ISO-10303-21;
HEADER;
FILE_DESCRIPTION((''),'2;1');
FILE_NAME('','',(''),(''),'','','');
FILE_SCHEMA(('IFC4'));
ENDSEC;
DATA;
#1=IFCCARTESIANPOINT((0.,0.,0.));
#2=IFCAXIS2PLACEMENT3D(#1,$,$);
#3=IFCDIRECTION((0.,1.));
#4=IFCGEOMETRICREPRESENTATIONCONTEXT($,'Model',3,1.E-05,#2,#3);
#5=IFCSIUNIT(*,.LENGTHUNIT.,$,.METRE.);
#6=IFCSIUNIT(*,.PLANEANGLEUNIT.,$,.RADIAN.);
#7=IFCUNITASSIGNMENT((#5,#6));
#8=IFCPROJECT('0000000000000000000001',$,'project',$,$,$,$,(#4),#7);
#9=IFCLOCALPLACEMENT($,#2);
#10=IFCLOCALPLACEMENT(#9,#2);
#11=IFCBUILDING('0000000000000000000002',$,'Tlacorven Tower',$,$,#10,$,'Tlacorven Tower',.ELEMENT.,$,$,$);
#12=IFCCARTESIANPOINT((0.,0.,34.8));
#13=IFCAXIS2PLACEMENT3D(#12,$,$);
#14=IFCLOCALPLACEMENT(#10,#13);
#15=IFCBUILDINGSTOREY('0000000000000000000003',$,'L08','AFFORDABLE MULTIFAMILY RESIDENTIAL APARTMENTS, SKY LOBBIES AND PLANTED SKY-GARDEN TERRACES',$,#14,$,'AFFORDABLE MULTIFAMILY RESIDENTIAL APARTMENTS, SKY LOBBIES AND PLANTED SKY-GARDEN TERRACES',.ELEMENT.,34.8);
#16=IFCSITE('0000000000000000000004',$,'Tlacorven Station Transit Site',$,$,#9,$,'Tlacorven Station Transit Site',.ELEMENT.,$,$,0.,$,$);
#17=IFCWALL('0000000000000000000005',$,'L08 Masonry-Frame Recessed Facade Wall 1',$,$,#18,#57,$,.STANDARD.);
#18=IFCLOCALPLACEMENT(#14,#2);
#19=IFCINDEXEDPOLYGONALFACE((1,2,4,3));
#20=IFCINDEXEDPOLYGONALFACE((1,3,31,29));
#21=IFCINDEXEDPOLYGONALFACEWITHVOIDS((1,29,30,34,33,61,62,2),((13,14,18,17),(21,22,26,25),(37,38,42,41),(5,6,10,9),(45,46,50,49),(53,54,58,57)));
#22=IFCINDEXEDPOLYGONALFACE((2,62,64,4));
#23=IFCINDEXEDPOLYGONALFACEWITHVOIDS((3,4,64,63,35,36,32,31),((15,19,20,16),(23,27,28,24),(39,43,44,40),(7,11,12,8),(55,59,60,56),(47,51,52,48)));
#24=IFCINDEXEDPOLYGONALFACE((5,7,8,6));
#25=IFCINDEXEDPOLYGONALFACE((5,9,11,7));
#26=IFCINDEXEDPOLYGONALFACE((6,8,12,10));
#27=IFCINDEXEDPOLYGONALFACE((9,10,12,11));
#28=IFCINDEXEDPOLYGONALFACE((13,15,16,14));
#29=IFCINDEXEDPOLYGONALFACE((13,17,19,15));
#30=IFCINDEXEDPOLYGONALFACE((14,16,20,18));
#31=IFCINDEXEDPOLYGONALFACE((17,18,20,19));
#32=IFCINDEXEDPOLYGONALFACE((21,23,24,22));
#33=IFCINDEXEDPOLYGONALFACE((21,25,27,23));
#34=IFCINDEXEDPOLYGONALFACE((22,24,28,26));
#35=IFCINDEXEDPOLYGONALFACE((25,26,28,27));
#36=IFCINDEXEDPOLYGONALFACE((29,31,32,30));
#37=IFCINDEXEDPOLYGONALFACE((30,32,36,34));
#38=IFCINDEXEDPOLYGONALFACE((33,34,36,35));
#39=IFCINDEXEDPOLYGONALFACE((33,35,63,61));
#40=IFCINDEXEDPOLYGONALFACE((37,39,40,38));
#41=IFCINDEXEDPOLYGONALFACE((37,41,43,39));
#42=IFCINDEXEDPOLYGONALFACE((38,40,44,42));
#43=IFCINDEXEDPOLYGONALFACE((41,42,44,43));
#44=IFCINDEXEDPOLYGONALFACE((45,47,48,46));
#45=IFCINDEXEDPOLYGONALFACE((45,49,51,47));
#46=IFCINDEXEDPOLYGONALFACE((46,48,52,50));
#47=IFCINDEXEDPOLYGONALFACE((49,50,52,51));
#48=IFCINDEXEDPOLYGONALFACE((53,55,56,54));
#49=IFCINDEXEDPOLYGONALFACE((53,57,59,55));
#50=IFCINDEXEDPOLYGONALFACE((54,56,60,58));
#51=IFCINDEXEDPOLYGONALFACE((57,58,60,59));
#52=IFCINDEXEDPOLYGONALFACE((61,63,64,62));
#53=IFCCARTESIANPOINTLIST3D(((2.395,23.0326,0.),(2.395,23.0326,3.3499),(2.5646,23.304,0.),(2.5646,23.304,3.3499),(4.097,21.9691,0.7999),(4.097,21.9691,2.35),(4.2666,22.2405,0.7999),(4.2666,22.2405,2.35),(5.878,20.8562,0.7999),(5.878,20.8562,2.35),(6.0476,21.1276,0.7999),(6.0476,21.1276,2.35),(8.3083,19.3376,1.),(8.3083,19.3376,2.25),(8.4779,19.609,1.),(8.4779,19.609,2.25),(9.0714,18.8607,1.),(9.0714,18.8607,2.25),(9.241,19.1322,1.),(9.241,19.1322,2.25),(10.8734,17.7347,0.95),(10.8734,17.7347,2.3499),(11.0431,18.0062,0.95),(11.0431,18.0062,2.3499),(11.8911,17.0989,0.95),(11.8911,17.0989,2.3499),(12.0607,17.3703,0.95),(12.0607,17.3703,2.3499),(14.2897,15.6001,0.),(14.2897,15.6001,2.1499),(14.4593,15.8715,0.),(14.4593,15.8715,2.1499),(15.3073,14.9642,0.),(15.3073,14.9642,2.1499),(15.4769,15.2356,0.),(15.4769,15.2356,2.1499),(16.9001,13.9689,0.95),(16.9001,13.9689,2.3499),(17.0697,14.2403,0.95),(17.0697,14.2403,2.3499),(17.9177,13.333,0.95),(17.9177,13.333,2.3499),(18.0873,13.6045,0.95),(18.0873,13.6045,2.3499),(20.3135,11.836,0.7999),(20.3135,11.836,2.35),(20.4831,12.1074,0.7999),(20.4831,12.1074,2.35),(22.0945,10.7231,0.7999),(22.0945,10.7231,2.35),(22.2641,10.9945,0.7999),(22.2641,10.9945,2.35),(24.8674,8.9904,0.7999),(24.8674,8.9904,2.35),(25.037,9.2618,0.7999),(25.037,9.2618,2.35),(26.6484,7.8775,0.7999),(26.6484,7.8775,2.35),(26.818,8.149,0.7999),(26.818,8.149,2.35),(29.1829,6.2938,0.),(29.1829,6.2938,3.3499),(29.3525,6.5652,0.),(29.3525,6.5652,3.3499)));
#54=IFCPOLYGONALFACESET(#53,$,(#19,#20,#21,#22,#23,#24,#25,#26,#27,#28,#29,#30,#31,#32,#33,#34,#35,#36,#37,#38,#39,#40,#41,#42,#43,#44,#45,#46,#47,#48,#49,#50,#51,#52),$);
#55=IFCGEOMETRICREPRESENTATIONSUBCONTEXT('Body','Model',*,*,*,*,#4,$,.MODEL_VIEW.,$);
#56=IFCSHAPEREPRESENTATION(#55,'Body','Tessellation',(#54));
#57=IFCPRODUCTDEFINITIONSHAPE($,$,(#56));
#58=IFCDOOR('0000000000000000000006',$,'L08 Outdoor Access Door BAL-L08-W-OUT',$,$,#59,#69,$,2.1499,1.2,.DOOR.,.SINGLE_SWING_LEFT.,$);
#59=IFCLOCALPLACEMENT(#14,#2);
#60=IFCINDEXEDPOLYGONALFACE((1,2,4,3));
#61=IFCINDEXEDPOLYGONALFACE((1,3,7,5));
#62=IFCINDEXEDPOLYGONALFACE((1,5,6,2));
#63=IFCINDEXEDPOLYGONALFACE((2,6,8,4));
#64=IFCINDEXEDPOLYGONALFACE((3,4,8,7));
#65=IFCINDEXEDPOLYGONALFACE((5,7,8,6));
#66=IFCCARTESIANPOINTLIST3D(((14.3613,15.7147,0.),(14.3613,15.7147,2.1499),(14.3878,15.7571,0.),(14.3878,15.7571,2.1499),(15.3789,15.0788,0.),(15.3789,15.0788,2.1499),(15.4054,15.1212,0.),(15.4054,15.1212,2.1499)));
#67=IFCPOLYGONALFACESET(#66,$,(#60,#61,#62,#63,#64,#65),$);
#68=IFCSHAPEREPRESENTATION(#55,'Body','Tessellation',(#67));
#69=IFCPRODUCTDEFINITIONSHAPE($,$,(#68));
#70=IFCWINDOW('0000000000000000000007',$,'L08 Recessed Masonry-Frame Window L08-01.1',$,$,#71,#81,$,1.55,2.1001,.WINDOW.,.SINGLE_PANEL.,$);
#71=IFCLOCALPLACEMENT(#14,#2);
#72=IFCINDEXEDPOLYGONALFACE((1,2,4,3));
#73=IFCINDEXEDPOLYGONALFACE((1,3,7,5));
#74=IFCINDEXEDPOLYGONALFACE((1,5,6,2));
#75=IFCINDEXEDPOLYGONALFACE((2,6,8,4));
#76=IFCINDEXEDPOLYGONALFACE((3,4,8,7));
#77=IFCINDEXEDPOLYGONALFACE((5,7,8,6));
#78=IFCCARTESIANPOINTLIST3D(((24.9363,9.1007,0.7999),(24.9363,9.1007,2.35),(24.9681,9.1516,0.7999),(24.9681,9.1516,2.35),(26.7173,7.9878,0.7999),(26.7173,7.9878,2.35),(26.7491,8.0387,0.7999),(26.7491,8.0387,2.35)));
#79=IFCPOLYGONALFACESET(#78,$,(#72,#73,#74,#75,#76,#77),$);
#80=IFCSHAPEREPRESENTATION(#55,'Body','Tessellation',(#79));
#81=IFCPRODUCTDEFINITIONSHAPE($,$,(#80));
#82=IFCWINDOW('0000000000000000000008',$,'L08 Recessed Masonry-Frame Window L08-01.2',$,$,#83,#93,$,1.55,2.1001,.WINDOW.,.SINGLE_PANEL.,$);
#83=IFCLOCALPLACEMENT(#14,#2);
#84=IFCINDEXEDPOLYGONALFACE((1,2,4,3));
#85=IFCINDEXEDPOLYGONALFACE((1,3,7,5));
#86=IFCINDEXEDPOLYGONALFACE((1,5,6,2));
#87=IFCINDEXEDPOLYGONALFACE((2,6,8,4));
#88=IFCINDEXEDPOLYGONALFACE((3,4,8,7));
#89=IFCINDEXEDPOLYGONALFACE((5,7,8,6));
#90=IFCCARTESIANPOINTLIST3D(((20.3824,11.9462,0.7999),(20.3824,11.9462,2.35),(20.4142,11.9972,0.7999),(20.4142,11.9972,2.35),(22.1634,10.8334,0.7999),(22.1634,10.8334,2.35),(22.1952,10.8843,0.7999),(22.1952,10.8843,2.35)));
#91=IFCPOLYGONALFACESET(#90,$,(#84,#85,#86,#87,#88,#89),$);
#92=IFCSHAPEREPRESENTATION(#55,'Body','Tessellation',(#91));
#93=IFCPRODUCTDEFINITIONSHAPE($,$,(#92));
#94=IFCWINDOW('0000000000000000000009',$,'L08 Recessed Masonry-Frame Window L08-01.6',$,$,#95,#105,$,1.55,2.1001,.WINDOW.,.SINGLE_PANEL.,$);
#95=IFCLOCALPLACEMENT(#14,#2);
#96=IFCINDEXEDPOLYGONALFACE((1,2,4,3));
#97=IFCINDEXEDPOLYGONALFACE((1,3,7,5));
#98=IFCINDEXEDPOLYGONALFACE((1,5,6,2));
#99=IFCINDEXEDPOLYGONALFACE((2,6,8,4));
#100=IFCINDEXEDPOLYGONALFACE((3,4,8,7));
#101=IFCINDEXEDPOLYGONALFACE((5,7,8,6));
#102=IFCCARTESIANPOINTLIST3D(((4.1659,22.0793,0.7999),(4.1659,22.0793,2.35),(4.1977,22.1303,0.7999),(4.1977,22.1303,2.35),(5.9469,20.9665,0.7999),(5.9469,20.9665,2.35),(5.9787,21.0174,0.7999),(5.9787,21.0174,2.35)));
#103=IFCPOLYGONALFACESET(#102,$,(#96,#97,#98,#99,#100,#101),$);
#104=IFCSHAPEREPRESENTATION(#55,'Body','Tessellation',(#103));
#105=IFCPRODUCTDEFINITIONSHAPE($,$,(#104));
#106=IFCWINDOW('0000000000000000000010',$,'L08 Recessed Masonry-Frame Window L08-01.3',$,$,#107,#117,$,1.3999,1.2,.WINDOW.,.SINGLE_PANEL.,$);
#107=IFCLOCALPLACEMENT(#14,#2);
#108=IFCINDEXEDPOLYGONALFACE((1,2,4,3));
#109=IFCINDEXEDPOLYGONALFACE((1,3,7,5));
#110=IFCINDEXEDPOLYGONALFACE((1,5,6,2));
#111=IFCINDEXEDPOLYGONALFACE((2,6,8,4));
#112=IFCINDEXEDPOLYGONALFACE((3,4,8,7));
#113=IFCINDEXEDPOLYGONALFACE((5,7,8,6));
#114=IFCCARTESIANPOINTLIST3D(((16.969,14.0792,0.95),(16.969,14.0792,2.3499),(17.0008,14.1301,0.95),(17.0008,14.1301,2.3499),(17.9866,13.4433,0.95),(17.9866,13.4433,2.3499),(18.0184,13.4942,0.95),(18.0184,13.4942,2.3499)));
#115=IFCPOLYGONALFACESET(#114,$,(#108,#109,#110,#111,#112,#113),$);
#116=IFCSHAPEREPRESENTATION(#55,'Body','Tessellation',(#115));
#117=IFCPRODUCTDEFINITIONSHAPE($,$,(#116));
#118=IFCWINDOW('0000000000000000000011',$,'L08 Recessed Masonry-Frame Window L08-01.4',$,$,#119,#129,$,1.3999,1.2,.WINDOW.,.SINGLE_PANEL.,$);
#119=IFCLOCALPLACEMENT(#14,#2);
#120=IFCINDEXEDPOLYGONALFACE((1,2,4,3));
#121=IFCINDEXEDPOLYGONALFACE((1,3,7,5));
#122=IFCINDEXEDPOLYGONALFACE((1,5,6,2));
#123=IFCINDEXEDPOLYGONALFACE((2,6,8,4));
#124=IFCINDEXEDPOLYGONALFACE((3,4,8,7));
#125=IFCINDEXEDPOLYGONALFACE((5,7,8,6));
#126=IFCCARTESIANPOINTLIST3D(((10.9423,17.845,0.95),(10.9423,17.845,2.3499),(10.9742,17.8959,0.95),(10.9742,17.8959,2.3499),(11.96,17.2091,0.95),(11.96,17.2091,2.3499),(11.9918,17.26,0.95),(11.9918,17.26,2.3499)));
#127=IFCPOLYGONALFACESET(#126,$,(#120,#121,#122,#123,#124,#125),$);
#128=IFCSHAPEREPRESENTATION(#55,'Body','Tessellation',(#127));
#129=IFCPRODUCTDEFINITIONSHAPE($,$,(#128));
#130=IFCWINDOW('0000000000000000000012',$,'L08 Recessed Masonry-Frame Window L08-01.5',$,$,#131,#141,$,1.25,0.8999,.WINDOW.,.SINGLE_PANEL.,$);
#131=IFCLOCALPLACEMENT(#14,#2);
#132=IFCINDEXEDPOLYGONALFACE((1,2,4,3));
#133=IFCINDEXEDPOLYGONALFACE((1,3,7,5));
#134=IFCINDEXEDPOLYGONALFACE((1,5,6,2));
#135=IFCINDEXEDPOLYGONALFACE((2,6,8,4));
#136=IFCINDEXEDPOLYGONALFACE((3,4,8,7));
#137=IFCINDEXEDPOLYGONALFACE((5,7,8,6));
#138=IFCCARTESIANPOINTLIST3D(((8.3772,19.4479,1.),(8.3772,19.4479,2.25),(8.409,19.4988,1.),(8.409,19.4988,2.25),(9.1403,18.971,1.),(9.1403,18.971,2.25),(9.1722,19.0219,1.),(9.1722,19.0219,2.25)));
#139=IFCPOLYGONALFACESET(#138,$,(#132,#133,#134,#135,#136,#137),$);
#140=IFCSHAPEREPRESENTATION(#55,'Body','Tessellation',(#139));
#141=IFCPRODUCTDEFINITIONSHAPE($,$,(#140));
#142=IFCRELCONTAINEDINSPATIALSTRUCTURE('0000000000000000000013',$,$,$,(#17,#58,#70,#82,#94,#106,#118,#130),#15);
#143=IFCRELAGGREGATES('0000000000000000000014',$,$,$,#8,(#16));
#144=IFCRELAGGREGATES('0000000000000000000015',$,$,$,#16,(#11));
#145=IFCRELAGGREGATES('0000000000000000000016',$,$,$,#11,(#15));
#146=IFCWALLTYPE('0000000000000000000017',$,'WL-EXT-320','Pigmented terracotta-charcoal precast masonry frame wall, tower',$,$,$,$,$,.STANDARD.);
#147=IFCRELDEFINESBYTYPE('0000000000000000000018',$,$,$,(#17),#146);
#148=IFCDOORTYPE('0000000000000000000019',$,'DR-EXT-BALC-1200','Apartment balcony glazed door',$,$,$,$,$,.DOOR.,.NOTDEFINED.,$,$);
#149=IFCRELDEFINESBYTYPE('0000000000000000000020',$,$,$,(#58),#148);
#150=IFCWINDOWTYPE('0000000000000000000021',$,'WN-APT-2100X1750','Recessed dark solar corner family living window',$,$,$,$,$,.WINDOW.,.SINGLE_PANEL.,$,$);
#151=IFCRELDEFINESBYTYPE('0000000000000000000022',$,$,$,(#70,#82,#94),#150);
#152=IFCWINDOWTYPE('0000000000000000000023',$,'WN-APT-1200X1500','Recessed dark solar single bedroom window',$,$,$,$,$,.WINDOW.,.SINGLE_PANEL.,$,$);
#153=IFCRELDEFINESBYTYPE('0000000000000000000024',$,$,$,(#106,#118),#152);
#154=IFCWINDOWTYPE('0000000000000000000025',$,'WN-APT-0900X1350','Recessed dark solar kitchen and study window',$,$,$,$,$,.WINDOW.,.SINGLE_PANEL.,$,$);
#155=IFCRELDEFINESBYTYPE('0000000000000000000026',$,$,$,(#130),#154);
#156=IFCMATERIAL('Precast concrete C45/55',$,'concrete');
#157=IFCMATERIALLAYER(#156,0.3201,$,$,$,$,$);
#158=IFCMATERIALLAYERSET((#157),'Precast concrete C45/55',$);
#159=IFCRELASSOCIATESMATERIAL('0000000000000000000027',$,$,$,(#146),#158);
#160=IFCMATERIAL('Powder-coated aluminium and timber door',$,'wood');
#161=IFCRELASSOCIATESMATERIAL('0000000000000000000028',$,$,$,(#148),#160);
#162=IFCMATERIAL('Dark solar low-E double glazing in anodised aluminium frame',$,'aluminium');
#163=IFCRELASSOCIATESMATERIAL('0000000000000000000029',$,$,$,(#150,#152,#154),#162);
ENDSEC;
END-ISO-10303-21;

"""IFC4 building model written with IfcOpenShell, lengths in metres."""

from ifc_helpers import new_model, si_unit, direction, frame, frame_2d, origin, place, context, subcontext, project, spatial, rectangle, extrude, source, transform, mapped, material, layer, layer_set, type_object, element, fill, save


model = new_model("IFC4")

# Units and contexts
model_context = context("Model", 3, precision=1e-05, world=origin(), true_north=direction((0.0, 1.0)))
body_context = subcontext(model_context, "Body", "Model", "MODEL_VIEW")
ifc_project = project(units=[si_unit("LENGTHUNIT", "METRE"), si_unit("PLANEANGLEUNIT", "RADIAN")], contexts=[model_context])

# Site, building, storey
site_placement = place(None, origin())
site = spatial("IfcSite", under=ifc_project, at=site_placement, Name="Tlacorven Station Transit Site", LongName="Tlacorven Station Transit Site", CompositionType="ELEMENT", RefElevation=0.0)
building_placement = place(site_placement, origin())
building = spatial("IfcBuilding", under=site, at=building_placement, Name="Tlacorven Tower", LongName="Tlacorven Tower", CompositionType="ELEMENT")
storey_placement = place(building_placement, frame((0.0, 0.0, 34.8)))
storey = spatial("IfcBuildingStorey", under=building, at=storey_placement, Name="L08", Description="AFFORDABLE MULTIFAMILY RESIDENTIAL APARTMENTS, SKY LOBBIES AND PLANTED SKY-GARDEN TERRACES", LongName="AFFORDABLE MULTIFAMILY RESIDENTIAL APARTMENTS, SKY LOBBIES AND PLANTED SKY-GARDEN TERRACES", CompositionType="ELEMENT", Elevation=34.8)

# Wall, openings, door, windows
ifc_material_1 = material(Name="Precast concrete C45/55", Category="concrete")
ifc_layer_1 = layer(ifc_material_1, 0.3201)
ifc_layer_set_1 = layer_set([ifc_layer_1], Name="Precast concrete C45/55")
wall_type_1 = type_object("IfcWallType", Name="WL-EXT-320", Description="Pigmented terracotta-charcoal precast masonry frame wall, tower", PredefinedType="STANDARD", material=ifc_layer_set_1)
wall_1_placement = place(storey_placement, frame((29.2678, 6.4294, 0.0), z_axis=(0.0, 0.0, 1.0), x_axis=(-0.84805, 0.529916, 0.0)))
wall_1 = element("IfcWall", 1, at=wall_1_placement, inside=storey, type_object=wall_type_1, Name="L08 Masonry-Frame Recessed Facade Wall 1", PredefinedType="STANDARD", context=body_context, shape_type="SweptSolid", body=[
    extrude(rectangle(XDim=31.5876, YDim=0.3201, at=frame_2d((15.7939, 0.0))), origin(), (0.0, 0.0, 1.0), 3.3499),
])
opening_1_placement = place(wall_1_placement, frame((16.3618, 0.0, 0.0)))
opening_1 = element("IfcOpeningElement", 2, at=opening_1_placement, cuts=wall_1, PredefinedType="OPENING", context=body_context, shape_type="SweptSolid", body=[
    extrude(rectangle(XDim=1.2, YDim=2.1499, at=frame_2d((0.6001, 1.075))), frame((0.0, 0.1699, 0.0), z_axis=(0.0, -1.0, 0.0), x_axis=(1.0, 0.0, 0.0)), (0.0, 0.0, 1.0), 0.3401),
])
opening_2_placement = place(wall_1_placement, frame((2.9888, 0.0, 0.8)))
opening_2 = element("IfcOpeningElement", 3, at=opening_2_placement, cuts=wall_1, PredefinedType="OPENING", context=body_context, shape_type="SweptSolid", body=[
    extrude(rectangle(XDim=2.1001, YDim=1.55, at=frame_2d((1.05, 0.7749))), frame((0.0, 0.1699, 0.0), z_axis=(0.0, -1.0, 0.0), x_axis=(1.0, 0.0, 0.0)), (0.0, 0.0, 1.0), 0.3401),
])
opening_3_placement = place(wall_1_placement, frame((8.3586, 0.0, 0.8)))
opening_3 = element("IfcOpeningElement", 4, at=opening_3_placement, cuts=wall_1, PredefinedType="OPENING", context=body_context, shape_type="SweptSolid", body=[
    extrude(rectangle(XDim=2.1001, YDim=1.55, at=frame_2d((1.05, 0.7749))), frame((0.0, 0.1699, 0.0), z_axis=(0.0, -1.0, 0.0), x_axis=(1.0, 0.0, 0.0)), (0.0, 0.0, 1.0), 0.3401),
])
opening_4_placement = place(wall_1_placement, frame((13.2837, 0.0, 0.95)))
opening_4 = element("IfcOpeningElement", 5, at=opening_4_placement, cuts=wall_1, PredefinedType="OPENING", context=body_context, shape_type="SweptSolid", body=[
    extrude(rectangle(XDim=1.2, YDim=1.3999, at=frame_2d((0.6001, 0.7))), frame((0.0, 0.1699, 0.0), z_axis=(0.0, -1.0, 0.0), x_axis=(1.0, 0.0, 0.0)), (0.0, 0.0, 1.0), 0.3401),
])
opening_5_placement = place(wall_1_placement, frame((20.3901, 0.0, 0.95)))
opening_5 = element("IfcOpeningElement", 6, at=opening_5_placement, cuts=wall_1, PredefinedType="OPENING", context=body_context, shape_type="SweptSolid", body=[
    extrude(rectangle(XDim=1.2, YDim=1.3999, at=frame_2d((0.6001, 0.7))), frame((0.0, 0.1699, 0.0), z_axis=(0.0, -1.0, 0.0), x_axis=(1.0, 0.0, 0.0)), (0.0, 0.0, 1.0), 0.3401),
])
opening_6_placement = place(wall_1_placement, frame((23.7151, 0.0, 1.0)))
opening_6 = element("IfcOpeningElement", 7, at=opening_6_placement, cuts=wall_1, PredefinedType="OPENING", context=body_context, shape_type="SweptSolid", body=[
    extrude(rectangle(XDim=0.8999, YDim=1.25, at=frame_2d((0.45, 0.625))), frame((0.0, 0.1699, 0.0), z_axis=(0.0, -1.0, 0.0), x_axis=(1.0, 0.0, 0.0)), (0.0, 0.0, 1.0), 0.3401),
])
opening_7_placement = place(wall_1_placement, frame((27.4807, 0.0, 0.8)))
opening_7 = element("IfcOpeningElement", 8, at=opening_7_placement, cuts=wall_1, PredefinedType="OPENING", context=body_context, shape_type="SweptSolid", body=[
    extrude(rectangle(XDim=2.1001, YDim=1.55, at=frame_2d((1.05, 0.7749))), frame((0.0, 0.1699, 0.0), z_axis=(0.0, -1.0, 0.0), x_axis=(1.0, 0.0, 0.0)), (0.0, 0.0, 1.0), 0.3401),
])
ifc_material_2 = material(Name="Powder-coated aluminium and timber door", Category="wood")
door_type_1 = type_object("IfcDoorType", Name="DR-EXT-BALC-1200", Description="Apartment balcony glazed door", OperationType="NOTDEFINED", PredefinedType="DOOR", material=ifc_material_2)
shared_shape_1 = source(origin(), body_context, "Body", "SweptSolid", [
    extrude(rectangle(XDim=1.2, YDim=2.1499, at=frame_2d((0.6001, 1.075))), frame((0.0, 0.0249, 0.0), z_axis=(0.0, -1.0, 0.0), x_axis=(1.0, 0.0, 0.0)), (0.0, 0.0, 1.0), 0.05),
])
door_1_placement = place(opening_1_placement, origin())
door_1 = element("IfcDoor", 9, at=door_1_placement, inside=storey, type_object=door_type_1, Name="L08 Outdoor Access Door BAL-L08-W-OUT", OperationType="SINGLE_SWING_LEFT", OverallHeight=2.1499, OverallWidth=1.2, PredefinedType="DOOR", context=body_context, shape_type="MappedRepresentation", body=[
    mapped(shared_shape_1, transform((0.0, 0.0, 0.0), scale=1.0)),
])
fill(opening_1, door_1)
ifc_material_3 = material(Name="Dark solar low-E double glazing in anodised aluminium frame", Category="aluminium")
window_type_1 = type_object("IfcWindowType", Name="WN-APT-2100X1750", Description="Recessed dark solar corner family living window", PartitioningType="SINGLE_PANEL", PredefinedType="WINDOW", material=ifc_material_3)
shared_shape_2 = source(origin(), body_context, "Body", "SweptSolid", [
    extrude(rectangle(XDim=2.1001, YDim=1.55, at=frame_2d((1.05, 0.7749))), frame((0.0, 0.03, 0.0), z_axis=(0.0, -1.0, 0.0), x_axis=(1.0, 0.0, 0.0)), (0.0, 0.0, 1.0), 0.0601),
])
window_1_placement = place(opening_2_placement, origin())
window_1 = element("IfcWindow", 10, at=window_1_placement, inside=storey, type_object=window_type_1, Name="L08 Recessed Masonry-Frame Window L08-01.1", OverallHeight=1.55, OverallWidth=2.1001, PartitioningType="SINGLE_PANEL", PredefinedType="WINDOW", context=body_context, shape_type="MappedRepresentation", body=[
    mapped(shared_shape_2, transform((0.0, 0.0, 0.0), scale=1.0)),
])
fill(opening_2, window_1)
window_2_placement = place(opening_3_placement, origin())
window_2 = element("IfcWindow", 11, at=window_2_placement, inside=storey, type_object=window_type_1, Name="L08 Recessed Masonry-Frame Window L08-01.2", OverallHeight=1.55, OverallWidth=2.1001, PartitioningType="SINGLE_PANEL", PredefinedType="WINDOW", context=body_context, shape_type="MappedRepresentation", body=[
    mapped(shared_shape_2, transform((0.0, 0.0, 0.0), scale=1.0)),
])
fill(opening_3, window_2)
window_3_placement = place(opening_7_placement, origin())
window_3 = element("IfcWindow", 12, at=window_3_placement, inside=storey, type_object=window_type_1, Name="L08 Recessed Masonry-Frame Window L08-01.6", OverallHeight=1.55, OverallWidth=2.1001, PartitioningType="SINGLE_PANEL", PredefinedType="WINDOW", context=body_context, shape_type="MappedRepresentation", body=[
    mapped(shared_shape_2, transform((0.0, 0.0, 0.0), scale=1.0)),
])
fill(opening_7, window_3)
window_type_2 = type_object("IfcWindowType", Name="WN-APT-1200X1500", Description="Recessed dark solar single bedroom window", PartitioningType="SINGLE_PANEL", PredefinedType="WINDOW", material=ifc_material_3)
shared_shape_3 = source(origin(), body_context, "Body", "SweptSolid", [
    extrude(rectangle(XDim=1.2, YDim=1.3999, at=frame_2d((0.6001, 0.7))), frame((0.0, 0.03, 0.0), z_axis=(0.0, -1.0, 0.0), x_axis=(1.0, 0.0, 0.0)), (0.0, 0.0, 1.0), 0.0601),
])
window_4_placement = place(opening_4_placement, origin())
window_4 = element("IfcWindow", 13, at=window_4_placement, inside=storey, type_object=window_type_2, Name="L08 Recessed Masonry-Frame Window L08-01.3", OverallHeight=1.3999, OverallWidth=1.2, PartitioningType="SINGLE_PANEL", PredefinedType="WINDOW", context=body_context, shape_type="MappedRepresentation", body=[
    mapped(shared_shape_3, transform((0.0, 0.0, 0.0), scale=1.0)),
])
fill(opening_4, window_4)
window_5_placement = place(opening_5_placement, origin())
window_5 = element("IfcWindow", 14, at=window_5_placement, inside=storey, type_object=window_type_2, Name="L08 Recessed Masonry-Frame Window L08-01.4", OverallHeight=1.3999, OverallWidth=1.2, PartitioningType="SINGLE_PANEL", PredefinedType="WINDOW", context=body_context, shape_type="MappedRepresentation", body=[
    mapped(shared_shape_3, transform((0.0, 0.0, 0.0), scale=1.0)),
])
fill(opening_5, window_5)
window_type_3 = type_object("IfcWindowType", Name="WN-APT-0900X1350", Description="Recessed dark solar kitchen and study window", PartitioningType="SINGLE_PANEL", PredefinedType="WINDOW", material=ifc_material_3)
shared_shape_4 = source(origin(), body_context, "Body", "SweptSolid", [
    extrude(rectangle(XDim=0.8999, YDim=1.25, at=frame_2d((0.45, 0.625))), frame((0.0, 0.03, 0.0), z_axis=(0.0, -1.0, 0.0), x_axis=(1.0, 0.0, 0.0)), (0.0, 0.0, 1.0), 0.0601),
])
window_6_placement = place(opening_6_placement, origin())
window_6 = element("IfcWindow", 15, at=window_6_placement, inside=storey, type_object=window_type_3, Name="L08 Recessed Masonry-Frame Window L08-01.5", OverallHeight=1.25, OverallWidth=0.8999, PartitioningType="SINGLE_PANEL", PredefinedType="WINDOW", context=body_context, shape_type="MappedRepresentation", body=[
    mapped(shared_shape_4, transform((0.0, 0.0, 0.0), scale=1.0)),
])
fill(opening_6, window_6)

save(model, "model.ifc")
